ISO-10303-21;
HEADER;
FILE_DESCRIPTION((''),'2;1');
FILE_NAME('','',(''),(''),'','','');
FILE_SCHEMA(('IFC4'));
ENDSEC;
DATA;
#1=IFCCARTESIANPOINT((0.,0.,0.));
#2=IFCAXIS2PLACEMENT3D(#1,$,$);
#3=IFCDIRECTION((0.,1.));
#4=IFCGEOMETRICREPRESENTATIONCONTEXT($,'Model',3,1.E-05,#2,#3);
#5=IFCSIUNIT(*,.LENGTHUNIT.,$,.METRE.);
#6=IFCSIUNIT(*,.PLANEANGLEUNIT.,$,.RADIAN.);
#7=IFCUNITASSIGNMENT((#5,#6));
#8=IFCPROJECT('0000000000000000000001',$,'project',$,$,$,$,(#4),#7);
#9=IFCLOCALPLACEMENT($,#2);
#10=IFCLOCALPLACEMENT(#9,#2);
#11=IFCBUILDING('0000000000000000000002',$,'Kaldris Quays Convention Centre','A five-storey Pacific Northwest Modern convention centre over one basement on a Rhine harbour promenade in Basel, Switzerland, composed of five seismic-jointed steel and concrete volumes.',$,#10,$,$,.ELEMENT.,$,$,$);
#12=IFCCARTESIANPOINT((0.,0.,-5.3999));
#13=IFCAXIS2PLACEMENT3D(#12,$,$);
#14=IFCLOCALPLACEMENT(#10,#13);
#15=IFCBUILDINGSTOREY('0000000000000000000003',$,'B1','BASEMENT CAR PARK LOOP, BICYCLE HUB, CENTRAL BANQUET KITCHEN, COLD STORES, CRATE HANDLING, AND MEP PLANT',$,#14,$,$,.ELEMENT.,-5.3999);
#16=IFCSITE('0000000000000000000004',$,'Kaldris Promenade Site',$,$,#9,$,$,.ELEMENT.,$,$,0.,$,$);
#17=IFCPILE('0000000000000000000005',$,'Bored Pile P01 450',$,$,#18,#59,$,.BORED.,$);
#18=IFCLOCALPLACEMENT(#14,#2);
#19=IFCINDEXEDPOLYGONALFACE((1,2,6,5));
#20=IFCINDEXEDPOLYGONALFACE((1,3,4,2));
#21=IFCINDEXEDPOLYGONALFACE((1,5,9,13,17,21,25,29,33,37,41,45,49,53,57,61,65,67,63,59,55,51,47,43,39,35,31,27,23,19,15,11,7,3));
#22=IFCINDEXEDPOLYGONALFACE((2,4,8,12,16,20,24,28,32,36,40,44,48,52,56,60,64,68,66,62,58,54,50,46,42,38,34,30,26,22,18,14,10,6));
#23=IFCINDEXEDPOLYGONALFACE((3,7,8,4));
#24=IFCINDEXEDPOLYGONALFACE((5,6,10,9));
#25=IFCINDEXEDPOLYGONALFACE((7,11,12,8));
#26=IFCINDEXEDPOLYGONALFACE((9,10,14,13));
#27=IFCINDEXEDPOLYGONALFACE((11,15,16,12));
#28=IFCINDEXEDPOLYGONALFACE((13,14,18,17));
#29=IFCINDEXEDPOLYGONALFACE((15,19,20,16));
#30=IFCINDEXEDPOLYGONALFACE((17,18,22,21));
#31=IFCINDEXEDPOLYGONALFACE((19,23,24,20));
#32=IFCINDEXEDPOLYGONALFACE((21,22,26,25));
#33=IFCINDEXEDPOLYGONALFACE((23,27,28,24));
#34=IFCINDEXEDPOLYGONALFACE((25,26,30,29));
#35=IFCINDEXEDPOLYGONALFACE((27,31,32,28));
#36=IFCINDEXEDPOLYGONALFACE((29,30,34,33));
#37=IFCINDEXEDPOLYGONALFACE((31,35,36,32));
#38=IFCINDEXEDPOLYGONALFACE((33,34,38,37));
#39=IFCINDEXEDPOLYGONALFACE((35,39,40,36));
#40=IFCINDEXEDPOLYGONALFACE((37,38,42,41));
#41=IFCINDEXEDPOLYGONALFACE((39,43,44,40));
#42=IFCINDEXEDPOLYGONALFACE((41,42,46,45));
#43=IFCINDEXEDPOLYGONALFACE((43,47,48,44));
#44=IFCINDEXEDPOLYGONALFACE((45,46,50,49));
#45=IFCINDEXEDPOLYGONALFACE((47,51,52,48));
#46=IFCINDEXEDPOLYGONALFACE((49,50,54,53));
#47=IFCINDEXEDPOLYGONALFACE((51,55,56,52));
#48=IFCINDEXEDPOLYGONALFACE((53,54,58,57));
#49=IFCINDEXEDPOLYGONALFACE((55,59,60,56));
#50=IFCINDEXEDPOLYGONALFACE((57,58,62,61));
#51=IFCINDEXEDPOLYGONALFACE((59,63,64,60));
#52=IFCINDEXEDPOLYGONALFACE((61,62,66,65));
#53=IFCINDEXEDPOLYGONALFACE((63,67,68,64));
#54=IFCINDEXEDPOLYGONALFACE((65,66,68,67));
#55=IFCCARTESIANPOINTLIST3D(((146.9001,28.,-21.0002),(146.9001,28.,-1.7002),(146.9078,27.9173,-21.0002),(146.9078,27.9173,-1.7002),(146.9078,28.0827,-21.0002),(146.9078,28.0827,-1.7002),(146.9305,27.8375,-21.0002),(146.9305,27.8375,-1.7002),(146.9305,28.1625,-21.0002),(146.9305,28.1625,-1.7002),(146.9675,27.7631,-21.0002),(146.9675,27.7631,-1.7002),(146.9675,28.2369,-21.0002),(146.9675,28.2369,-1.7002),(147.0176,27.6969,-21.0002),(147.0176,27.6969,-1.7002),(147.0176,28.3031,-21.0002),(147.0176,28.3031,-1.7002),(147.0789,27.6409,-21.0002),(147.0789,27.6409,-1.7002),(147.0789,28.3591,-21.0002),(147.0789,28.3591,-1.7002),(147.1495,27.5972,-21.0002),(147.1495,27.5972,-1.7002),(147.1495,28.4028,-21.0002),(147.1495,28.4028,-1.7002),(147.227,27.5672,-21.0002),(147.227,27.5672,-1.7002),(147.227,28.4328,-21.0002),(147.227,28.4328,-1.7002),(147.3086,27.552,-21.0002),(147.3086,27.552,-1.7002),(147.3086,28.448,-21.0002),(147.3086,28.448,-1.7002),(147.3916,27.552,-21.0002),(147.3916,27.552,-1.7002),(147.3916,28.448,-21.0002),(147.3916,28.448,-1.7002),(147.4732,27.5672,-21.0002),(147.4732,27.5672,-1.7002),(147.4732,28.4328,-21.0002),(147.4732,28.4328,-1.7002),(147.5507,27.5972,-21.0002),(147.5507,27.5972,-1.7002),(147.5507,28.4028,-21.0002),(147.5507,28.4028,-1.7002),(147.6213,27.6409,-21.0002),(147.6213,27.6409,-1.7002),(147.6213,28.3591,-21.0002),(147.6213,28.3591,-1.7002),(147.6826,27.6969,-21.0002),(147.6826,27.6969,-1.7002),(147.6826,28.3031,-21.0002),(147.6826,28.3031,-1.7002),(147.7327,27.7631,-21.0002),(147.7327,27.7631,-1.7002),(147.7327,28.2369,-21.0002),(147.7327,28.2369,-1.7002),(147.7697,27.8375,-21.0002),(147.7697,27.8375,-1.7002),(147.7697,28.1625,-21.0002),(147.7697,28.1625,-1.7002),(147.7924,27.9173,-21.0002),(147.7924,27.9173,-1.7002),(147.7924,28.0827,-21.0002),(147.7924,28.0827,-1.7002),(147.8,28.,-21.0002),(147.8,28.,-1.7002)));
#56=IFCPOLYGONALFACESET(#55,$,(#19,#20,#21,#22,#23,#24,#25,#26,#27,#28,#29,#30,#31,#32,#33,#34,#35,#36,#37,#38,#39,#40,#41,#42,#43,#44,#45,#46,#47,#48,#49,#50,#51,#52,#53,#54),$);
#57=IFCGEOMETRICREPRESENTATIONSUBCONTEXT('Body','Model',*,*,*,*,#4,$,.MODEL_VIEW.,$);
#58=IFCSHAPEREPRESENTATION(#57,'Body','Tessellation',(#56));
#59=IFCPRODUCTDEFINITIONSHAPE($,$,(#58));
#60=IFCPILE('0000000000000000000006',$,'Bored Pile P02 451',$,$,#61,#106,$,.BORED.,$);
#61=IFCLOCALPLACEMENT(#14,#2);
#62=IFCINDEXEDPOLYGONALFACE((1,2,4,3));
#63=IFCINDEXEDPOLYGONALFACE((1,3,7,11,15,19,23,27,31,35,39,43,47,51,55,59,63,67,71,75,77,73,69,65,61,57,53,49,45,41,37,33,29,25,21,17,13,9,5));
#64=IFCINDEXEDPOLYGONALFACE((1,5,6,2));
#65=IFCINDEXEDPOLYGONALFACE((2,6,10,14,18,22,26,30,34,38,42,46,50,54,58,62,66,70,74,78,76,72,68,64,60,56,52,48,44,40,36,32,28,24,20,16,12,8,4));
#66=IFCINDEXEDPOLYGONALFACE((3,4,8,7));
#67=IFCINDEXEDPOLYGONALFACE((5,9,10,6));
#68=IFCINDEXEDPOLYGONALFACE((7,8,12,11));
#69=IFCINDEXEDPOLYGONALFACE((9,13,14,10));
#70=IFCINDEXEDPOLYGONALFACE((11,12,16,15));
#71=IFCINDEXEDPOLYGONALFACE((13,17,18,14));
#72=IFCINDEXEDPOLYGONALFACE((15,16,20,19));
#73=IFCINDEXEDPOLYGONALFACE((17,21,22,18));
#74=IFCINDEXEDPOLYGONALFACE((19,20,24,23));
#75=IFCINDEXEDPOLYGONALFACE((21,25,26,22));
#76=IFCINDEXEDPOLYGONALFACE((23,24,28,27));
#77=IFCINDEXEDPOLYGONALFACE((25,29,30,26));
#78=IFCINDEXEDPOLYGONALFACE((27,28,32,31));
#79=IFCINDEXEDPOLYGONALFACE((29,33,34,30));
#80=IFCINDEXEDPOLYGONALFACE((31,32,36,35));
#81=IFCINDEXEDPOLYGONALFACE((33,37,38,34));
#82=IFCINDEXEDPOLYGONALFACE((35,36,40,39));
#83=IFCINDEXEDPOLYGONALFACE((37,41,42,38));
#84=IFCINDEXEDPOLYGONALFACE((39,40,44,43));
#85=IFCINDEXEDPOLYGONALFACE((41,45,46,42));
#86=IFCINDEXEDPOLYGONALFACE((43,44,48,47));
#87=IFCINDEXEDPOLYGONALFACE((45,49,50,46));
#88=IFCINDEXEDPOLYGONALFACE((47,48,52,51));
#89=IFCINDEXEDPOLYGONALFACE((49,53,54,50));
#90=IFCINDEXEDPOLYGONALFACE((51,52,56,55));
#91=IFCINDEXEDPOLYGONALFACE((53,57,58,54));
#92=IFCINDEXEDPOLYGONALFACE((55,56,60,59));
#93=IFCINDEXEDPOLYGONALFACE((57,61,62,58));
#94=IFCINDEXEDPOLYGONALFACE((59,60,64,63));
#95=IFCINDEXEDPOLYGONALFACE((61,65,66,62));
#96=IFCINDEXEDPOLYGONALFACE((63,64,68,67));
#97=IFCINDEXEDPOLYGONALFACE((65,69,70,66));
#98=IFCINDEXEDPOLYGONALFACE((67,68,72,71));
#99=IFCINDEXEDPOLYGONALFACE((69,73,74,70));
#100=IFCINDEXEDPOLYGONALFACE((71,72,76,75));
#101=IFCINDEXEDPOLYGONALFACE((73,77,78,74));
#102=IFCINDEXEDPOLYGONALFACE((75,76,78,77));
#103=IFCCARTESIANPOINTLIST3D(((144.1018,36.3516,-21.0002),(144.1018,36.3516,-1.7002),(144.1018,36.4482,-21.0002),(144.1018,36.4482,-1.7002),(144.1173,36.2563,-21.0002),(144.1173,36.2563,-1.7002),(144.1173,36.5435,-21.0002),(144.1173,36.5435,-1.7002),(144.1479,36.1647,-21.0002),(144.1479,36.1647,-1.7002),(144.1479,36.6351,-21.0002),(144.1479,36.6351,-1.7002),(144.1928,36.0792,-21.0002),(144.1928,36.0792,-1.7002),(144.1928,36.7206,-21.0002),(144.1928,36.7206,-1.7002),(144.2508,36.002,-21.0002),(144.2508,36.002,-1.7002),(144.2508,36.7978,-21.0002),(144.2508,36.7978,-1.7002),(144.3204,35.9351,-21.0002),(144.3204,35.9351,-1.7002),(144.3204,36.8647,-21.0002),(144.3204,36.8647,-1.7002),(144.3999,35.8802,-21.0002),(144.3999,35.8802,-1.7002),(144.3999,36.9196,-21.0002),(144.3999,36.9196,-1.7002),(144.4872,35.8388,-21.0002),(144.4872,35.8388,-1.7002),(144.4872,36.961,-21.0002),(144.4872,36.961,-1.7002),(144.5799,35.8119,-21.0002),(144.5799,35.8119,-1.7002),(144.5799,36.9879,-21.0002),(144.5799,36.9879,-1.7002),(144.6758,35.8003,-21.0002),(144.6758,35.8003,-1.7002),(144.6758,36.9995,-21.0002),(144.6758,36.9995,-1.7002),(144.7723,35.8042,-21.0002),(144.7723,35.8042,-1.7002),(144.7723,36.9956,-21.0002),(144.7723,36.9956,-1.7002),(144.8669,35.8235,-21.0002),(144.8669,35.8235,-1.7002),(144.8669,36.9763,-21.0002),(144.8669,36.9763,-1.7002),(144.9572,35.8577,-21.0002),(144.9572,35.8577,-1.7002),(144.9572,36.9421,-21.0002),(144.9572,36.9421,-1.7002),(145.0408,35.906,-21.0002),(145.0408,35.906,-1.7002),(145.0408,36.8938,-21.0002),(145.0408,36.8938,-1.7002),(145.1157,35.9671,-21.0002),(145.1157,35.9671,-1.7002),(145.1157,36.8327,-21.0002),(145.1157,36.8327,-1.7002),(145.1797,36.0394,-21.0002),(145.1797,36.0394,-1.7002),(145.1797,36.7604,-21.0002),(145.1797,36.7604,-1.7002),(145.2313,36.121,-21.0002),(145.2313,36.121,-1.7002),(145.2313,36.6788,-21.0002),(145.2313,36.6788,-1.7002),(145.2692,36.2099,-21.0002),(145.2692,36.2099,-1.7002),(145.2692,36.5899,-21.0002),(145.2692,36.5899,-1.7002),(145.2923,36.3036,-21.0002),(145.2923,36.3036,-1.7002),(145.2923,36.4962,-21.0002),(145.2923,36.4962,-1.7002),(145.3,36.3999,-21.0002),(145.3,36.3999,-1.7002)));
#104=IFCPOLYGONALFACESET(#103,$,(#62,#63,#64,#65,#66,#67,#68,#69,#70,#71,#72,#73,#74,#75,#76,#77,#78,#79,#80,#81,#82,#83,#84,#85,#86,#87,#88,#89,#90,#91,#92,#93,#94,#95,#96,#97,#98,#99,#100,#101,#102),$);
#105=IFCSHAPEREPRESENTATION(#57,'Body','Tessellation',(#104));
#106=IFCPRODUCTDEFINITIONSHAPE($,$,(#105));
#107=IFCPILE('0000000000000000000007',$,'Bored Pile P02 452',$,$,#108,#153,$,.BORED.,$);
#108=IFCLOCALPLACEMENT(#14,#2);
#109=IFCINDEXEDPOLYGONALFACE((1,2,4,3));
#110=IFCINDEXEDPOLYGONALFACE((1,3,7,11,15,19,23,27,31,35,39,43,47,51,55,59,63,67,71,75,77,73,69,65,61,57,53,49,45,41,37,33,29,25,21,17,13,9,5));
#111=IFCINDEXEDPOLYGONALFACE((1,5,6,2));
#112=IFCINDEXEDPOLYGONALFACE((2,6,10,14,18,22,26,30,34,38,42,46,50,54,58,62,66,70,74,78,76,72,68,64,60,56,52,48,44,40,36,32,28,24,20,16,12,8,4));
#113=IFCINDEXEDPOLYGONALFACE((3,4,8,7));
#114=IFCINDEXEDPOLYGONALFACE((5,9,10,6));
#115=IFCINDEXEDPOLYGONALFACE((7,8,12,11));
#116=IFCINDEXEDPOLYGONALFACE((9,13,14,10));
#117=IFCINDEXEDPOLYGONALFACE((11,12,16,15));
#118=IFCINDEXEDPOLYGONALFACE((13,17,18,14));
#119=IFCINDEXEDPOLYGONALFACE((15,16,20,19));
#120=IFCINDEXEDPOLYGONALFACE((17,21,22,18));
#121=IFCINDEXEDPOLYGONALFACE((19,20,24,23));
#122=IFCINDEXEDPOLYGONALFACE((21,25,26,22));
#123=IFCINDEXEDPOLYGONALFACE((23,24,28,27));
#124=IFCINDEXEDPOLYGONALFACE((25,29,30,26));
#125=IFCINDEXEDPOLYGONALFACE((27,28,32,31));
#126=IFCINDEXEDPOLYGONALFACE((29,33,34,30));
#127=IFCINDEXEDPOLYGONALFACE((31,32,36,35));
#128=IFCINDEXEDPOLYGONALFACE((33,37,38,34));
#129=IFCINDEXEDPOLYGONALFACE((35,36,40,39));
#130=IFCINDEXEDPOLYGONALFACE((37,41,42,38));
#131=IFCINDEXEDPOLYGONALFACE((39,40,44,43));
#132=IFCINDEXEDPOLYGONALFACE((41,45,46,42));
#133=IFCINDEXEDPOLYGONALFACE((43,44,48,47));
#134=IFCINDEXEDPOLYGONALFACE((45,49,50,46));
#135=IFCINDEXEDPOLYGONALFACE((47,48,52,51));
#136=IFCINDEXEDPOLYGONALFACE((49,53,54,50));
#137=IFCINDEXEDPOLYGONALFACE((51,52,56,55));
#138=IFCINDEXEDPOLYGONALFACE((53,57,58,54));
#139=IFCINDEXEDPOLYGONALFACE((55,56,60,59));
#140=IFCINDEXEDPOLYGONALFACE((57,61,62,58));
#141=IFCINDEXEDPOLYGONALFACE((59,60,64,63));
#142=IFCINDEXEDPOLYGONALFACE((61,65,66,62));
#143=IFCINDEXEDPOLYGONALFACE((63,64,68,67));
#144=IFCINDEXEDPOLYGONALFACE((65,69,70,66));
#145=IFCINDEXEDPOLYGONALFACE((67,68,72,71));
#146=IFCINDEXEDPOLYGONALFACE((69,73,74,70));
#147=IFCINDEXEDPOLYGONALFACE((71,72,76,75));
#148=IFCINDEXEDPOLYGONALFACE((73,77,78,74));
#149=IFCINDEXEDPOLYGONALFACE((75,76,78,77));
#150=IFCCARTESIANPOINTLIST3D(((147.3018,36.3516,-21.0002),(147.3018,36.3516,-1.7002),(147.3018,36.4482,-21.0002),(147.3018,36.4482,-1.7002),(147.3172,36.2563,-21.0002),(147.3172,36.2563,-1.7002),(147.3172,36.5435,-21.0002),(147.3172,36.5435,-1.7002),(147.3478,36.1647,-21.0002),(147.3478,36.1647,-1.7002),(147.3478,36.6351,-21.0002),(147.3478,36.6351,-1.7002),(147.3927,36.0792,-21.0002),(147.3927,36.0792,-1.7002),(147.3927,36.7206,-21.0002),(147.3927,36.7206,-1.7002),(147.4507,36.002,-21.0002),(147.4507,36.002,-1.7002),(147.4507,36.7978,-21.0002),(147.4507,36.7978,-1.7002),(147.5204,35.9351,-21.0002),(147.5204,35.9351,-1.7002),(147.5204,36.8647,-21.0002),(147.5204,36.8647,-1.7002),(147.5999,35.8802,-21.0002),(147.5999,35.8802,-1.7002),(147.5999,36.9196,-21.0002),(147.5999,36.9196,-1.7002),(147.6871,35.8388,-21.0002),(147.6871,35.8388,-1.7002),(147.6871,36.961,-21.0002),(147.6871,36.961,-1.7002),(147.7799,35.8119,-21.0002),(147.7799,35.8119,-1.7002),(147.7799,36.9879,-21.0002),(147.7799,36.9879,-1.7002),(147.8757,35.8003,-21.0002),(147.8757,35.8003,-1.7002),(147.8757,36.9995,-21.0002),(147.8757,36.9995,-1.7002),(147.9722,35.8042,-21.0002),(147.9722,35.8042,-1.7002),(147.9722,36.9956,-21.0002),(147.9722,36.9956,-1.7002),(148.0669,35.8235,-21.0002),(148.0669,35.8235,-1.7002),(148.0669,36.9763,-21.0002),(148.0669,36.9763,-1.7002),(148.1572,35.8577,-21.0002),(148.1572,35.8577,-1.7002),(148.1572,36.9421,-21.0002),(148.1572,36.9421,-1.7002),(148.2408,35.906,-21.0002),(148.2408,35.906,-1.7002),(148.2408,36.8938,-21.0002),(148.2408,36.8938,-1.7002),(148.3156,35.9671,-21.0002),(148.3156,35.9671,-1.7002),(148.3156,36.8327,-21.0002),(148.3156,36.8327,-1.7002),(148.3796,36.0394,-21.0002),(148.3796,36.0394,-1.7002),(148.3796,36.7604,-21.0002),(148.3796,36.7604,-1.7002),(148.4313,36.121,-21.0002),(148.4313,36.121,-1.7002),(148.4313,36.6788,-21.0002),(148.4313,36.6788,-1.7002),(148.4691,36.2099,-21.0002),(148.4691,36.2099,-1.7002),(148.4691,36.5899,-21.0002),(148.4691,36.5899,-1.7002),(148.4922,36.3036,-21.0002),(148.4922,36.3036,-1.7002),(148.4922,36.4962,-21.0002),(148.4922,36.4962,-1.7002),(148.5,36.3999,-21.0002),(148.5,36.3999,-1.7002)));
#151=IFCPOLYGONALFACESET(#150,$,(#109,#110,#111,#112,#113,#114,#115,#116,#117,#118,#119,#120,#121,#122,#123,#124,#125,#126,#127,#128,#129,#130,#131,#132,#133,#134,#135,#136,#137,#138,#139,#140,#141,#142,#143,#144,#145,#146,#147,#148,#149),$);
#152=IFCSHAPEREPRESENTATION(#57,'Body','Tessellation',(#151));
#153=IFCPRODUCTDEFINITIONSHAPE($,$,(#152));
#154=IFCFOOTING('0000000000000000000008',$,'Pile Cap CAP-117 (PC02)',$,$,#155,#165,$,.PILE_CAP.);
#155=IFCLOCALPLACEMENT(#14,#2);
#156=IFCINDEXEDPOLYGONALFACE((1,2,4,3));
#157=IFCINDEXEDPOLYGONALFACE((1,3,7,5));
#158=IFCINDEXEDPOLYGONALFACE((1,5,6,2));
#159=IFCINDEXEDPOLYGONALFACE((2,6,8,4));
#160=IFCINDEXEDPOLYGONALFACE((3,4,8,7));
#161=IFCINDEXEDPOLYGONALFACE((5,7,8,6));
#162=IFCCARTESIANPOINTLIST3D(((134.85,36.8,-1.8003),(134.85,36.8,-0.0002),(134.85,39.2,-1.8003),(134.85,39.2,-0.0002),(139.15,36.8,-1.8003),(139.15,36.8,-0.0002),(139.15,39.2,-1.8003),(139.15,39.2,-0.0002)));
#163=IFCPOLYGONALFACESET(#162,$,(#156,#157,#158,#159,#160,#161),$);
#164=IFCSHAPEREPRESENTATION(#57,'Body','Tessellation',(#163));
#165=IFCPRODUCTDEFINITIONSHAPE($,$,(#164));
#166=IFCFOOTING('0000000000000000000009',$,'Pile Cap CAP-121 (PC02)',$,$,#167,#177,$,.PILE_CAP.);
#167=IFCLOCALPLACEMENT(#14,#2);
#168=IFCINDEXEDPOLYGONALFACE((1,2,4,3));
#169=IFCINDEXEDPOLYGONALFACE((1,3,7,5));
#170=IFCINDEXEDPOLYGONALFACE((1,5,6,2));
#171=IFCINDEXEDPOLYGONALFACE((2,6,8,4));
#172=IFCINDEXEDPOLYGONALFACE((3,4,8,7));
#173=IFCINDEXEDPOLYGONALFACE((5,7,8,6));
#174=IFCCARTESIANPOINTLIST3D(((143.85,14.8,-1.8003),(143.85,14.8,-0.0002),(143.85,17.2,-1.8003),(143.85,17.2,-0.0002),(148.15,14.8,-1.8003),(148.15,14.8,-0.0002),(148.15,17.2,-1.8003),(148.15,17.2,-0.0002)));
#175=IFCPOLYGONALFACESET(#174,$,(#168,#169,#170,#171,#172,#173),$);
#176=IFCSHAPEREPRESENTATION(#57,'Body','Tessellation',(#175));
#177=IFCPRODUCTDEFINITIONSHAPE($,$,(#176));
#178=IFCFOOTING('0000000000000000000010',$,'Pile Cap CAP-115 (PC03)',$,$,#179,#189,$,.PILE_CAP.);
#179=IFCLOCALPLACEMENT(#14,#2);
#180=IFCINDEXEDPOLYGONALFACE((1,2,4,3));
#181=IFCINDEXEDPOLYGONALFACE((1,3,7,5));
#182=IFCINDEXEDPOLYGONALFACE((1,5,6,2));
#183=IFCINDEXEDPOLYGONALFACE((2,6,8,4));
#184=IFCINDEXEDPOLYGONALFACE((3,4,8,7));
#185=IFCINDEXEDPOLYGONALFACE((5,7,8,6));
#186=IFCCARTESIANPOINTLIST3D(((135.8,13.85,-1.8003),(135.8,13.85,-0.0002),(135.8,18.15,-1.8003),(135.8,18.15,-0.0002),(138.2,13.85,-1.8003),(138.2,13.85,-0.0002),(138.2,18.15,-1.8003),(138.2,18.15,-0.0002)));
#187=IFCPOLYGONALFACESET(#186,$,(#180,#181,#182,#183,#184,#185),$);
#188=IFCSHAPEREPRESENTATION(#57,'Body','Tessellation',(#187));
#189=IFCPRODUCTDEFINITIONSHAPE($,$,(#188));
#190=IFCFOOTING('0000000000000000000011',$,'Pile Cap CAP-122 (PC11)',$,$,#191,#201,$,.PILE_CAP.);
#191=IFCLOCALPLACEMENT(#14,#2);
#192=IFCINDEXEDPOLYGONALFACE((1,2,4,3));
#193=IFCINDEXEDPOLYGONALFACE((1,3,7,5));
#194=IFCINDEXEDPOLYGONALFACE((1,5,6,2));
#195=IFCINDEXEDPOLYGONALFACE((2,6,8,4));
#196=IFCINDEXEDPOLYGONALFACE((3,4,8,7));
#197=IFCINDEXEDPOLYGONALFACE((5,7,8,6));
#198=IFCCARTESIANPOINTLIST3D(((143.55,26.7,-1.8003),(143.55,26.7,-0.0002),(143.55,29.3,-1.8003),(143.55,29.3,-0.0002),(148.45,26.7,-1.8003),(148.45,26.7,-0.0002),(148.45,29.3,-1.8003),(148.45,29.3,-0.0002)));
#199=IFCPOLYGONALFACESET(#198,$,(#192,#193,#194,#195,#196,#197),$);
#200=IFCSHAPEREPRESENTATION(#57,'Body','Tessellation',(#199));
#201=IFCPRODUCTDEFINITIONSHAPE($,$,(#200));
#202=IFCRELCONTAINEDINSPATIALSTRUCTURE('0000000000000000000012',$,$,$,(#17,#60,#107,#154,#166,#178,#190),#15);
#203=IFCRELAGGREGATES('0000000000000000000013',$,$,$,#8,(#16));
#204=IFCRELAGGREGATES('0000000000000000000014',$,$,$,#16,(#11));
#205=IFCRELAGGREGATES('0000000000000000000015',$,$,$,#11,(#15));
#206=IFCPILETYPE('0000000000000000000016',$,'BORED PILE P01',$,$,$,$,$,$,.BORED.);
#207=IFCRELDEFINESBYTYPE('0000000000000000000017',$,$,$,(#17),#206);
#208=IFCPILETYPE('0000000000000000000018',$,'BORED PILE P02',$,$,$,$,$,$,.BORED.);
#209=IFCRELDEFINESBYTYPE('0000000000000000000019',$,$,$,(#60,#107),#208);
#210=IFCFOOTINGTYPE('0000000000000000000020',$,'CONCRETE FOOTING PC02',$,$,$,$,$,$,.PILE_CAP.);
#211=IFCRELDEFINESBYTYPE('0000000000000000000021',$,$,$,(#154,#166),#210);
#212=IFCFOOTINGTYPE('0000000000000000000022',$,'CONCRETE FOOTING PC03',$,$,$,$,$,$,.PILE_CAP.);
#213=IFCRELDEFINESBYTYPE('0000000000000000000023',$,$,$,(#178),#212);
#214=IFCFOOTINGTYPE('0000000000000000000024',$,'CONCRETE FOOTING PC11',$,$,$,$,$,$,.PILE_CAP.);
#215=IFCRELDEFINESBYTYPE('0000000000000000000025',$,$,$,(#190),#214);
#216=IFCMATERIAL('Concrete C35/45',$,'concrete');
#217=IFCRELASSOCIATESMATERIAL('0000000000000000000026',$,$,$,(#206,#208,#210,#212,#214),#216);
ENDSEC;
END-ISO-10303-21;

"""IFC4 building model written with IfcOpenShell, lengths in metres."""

from ifc_helpers import new_model, si_unit, direction, frame, origin, origin_2d, place, context, subcontext, project, spatial, rectangle, circle, extrude, material, material_profile, profile_set, type_object, element, save


model = new_model("IFC4")

# Units and contexts
model_context = context("Model", 3, precision=1e-05, world=origin(), true_north=direction((0.0, 1.0)))
body_context = subcontext(model_context, "Body", "Model", "MODEL_VIEW")
ifc_project = project(units=[si_unit("LENGTHUNIT", "METRE"), si_unit("PLANEANGLEUNIT", "RADIAN")], contexts=[model_context])

# Site, building, storey
site_placement = place(None, origin())
site = spatial("IfcSite", under=ifc_project, at=site_placement, Name="Kaldris Promenade Site", CompositionType="ELEMENT", RefElevation=0.0)
building_placement = place(site_placement, origin())
building = spatial("IfcBuilding", under=site, at=building_placement, Name="Kaldris Quays Convention Centre", Description="A five-storey Pacific Northwest Modern convention centre over one basement on a Rhine harbour promenade in Basel, Switzerland, composed of five seismic-jointed steel and concrete volumes.", CompositionType="ELEMENT")
storey_placement = place(building_placement, frame((0.0, 0.0, -5.3999)))
storey = spatial("IfcBuildingStorey", under=building, at=storey_placement, Name="B1", Description="BASEMENT CAR PARK LOOP, BICYCLE HUB, CENTRAL BANQUET KITCHEN, COLD STORES, CRATE HANDLING, AND MEP PLANT", CompositionType="ELEMENT", Elevation=-5.3999)

# Piles
ifc_material_1 = material(Name="Concrete C35/45", Category="concrete")
ifc_material_profile_1 = material_profile(ifc_material_1, circle(Radius=0.45, at=origin_2d()), Name="BORED PILE D900")
ifc_profile_set_1 = profile_set([ifc_material_profile_1], Name="Concrete C35/45")
pile_type_1 = type_object("IfcPileType", Name="BORED PILE P01", PredefinedType="BORED", material=ifc_profile_set_1)
for number, where, z_axis, x_axis, name in (
    (1, (147.3501, 28.0, -1.7002), (0.0, 0.0, -1.0), (1.0, 0.0, 0.0), "Bored Pile P01 450"),
):
    element("IfcPile", number, at=place(storey_placement, frame(where, z_axis=z_axis, x_axis=x_axis)), inside=storey, type_object=pile_type_1, Name=name, PredefinedType="BORED", context=body_context, shape_type="SweptSolid", body=[
        extrude(circle(Radius=0.45, at=origin_2d()), origin(), (0.0, 0.0, 1.0), 19.3),
    ])
ifc_material_profile_2 = material_profile(ifc_material_1, circle(Radius=0.6001, at=origin_2d()), Name="BORED PILE D1200")
ifc_profile_set_2 = profile_set([ifc_material_profile_2], Name="Concrete C35/45")
pile_type_2 = type_object("IfcPileType", Name="BORED PILE P02", PredefinedType="BORED", material=ifc_profile_set_2)
for number, where, z_axis, x_axis, name in (
    (2, (144.7, 36.3999, -1.7002), (0.0, 0.0, -1.0), (1.0, 0.0, 0.0), "Bored Pile P02 451"),
    (3, (147.8999, 36.3999, -1.7002), (0.0, 0.0, -1.0), (1.0, 0.0, 0.0), "Bored Pile P02 452"),
):
    element("IfcPile", number, at=place(storey_placement, frame(where, z_axis=z_axis, x_axis=x_axis)), inside=storey, type_object=pile_type_2, Name=name, PredefinedType="BORED", context=body_context, shape_type="SweptSolid", body=[
        extrude(circle(Radius=0.6001, at=origin_2d()), origin(), (0.0, 0.0, 1.0), 19.3),
    ])

# Footings
footing_type_1 = type_object("IfcFootingType", Name="CONCRETE FOOTING PC02", PredefinedType="PILE_CAP", material=ifc_material_1)
for number, where, z_axis, x_axis, name in (
    (4, (137.0, 38.0, -1.8003), (0.0, 0.0, 1.0), (1.0, 0.0, 0.0), "Pile Cap CAP-117 (PC02)"),
    (5, (146.0, 16.0, -1.8003), (0.0, 0.0, 1.0), (1.0, 0.0, 0.0), "Pile Cap CAP-121 (PC02)"),
):
    element("IfcFooting", number, at=place(storey_placement, frame(where, z_axis=z_axis, x_axis=x_axis)), inside=storey, type_object=footing_type_1, Name=name, PredefinedType="PILE_CAP", context=body_context, shape_type="SweptSolid", body=[
        extrude(rectangle(XDim=4.3, YDim=2.3999, at=origin_2d()), origin(), (0.0, 0.0, 1.0), 1.8),
    ])
footing_type_2 = type_object("IfcFootingType", Name="CONCRETE FOOTING PC03", PredefinedType="PILE_CAP", material=ifc_material_1)
footing_1_placement = place(storey_placement, frame((137.0, 16.0, -1.8003), z_axis=(0.0, 0.0, 1.0), x_axis=(1.0, 0.0, 0.0)))
element("IfcFooting", 6, at=footing_1_placement, inside=storey, type_object=footing_type_2, Name="Pile Cap CAP-115 (PC03)", PredefinedType="PILE_CAP", context=body_context, shape_type="SweptSolid", body=[
    extrude(rectangle(XDim=2.3999, YDim=4.3, at=origin_2d()), origin(), (0.0, 0.0, 1.0), 1.8),
])
footing_type_3 = type_object("IfcFootingType", Name="CONCRETE FOOTING PC11", PredefinedType="PILE_CAP", material=ifc_material_1)
footing_2_placement = place(storey_placement, frame((146.0, 28.0, -1.8003), z_axis=(0.0, 0.0, 1.0), x_axis=(1.0, 0.0, 0.0)))
element("IfcFooting", 7, at=footing_2_placement, inside=storey, type_object=footing_type_3, Name="Pile Cap CAP-122 (PC11)", PredefinedType="PILE_CAP", context=body_context, shape_type="SweptSolid", body=[
    extrude(rectangle(XDim=4.8999, YDim=2.6001, at=origin_2d()), origin(), (0.0, 0.0, 1.0), 1.8),
])

save(model, "model.ifc")
